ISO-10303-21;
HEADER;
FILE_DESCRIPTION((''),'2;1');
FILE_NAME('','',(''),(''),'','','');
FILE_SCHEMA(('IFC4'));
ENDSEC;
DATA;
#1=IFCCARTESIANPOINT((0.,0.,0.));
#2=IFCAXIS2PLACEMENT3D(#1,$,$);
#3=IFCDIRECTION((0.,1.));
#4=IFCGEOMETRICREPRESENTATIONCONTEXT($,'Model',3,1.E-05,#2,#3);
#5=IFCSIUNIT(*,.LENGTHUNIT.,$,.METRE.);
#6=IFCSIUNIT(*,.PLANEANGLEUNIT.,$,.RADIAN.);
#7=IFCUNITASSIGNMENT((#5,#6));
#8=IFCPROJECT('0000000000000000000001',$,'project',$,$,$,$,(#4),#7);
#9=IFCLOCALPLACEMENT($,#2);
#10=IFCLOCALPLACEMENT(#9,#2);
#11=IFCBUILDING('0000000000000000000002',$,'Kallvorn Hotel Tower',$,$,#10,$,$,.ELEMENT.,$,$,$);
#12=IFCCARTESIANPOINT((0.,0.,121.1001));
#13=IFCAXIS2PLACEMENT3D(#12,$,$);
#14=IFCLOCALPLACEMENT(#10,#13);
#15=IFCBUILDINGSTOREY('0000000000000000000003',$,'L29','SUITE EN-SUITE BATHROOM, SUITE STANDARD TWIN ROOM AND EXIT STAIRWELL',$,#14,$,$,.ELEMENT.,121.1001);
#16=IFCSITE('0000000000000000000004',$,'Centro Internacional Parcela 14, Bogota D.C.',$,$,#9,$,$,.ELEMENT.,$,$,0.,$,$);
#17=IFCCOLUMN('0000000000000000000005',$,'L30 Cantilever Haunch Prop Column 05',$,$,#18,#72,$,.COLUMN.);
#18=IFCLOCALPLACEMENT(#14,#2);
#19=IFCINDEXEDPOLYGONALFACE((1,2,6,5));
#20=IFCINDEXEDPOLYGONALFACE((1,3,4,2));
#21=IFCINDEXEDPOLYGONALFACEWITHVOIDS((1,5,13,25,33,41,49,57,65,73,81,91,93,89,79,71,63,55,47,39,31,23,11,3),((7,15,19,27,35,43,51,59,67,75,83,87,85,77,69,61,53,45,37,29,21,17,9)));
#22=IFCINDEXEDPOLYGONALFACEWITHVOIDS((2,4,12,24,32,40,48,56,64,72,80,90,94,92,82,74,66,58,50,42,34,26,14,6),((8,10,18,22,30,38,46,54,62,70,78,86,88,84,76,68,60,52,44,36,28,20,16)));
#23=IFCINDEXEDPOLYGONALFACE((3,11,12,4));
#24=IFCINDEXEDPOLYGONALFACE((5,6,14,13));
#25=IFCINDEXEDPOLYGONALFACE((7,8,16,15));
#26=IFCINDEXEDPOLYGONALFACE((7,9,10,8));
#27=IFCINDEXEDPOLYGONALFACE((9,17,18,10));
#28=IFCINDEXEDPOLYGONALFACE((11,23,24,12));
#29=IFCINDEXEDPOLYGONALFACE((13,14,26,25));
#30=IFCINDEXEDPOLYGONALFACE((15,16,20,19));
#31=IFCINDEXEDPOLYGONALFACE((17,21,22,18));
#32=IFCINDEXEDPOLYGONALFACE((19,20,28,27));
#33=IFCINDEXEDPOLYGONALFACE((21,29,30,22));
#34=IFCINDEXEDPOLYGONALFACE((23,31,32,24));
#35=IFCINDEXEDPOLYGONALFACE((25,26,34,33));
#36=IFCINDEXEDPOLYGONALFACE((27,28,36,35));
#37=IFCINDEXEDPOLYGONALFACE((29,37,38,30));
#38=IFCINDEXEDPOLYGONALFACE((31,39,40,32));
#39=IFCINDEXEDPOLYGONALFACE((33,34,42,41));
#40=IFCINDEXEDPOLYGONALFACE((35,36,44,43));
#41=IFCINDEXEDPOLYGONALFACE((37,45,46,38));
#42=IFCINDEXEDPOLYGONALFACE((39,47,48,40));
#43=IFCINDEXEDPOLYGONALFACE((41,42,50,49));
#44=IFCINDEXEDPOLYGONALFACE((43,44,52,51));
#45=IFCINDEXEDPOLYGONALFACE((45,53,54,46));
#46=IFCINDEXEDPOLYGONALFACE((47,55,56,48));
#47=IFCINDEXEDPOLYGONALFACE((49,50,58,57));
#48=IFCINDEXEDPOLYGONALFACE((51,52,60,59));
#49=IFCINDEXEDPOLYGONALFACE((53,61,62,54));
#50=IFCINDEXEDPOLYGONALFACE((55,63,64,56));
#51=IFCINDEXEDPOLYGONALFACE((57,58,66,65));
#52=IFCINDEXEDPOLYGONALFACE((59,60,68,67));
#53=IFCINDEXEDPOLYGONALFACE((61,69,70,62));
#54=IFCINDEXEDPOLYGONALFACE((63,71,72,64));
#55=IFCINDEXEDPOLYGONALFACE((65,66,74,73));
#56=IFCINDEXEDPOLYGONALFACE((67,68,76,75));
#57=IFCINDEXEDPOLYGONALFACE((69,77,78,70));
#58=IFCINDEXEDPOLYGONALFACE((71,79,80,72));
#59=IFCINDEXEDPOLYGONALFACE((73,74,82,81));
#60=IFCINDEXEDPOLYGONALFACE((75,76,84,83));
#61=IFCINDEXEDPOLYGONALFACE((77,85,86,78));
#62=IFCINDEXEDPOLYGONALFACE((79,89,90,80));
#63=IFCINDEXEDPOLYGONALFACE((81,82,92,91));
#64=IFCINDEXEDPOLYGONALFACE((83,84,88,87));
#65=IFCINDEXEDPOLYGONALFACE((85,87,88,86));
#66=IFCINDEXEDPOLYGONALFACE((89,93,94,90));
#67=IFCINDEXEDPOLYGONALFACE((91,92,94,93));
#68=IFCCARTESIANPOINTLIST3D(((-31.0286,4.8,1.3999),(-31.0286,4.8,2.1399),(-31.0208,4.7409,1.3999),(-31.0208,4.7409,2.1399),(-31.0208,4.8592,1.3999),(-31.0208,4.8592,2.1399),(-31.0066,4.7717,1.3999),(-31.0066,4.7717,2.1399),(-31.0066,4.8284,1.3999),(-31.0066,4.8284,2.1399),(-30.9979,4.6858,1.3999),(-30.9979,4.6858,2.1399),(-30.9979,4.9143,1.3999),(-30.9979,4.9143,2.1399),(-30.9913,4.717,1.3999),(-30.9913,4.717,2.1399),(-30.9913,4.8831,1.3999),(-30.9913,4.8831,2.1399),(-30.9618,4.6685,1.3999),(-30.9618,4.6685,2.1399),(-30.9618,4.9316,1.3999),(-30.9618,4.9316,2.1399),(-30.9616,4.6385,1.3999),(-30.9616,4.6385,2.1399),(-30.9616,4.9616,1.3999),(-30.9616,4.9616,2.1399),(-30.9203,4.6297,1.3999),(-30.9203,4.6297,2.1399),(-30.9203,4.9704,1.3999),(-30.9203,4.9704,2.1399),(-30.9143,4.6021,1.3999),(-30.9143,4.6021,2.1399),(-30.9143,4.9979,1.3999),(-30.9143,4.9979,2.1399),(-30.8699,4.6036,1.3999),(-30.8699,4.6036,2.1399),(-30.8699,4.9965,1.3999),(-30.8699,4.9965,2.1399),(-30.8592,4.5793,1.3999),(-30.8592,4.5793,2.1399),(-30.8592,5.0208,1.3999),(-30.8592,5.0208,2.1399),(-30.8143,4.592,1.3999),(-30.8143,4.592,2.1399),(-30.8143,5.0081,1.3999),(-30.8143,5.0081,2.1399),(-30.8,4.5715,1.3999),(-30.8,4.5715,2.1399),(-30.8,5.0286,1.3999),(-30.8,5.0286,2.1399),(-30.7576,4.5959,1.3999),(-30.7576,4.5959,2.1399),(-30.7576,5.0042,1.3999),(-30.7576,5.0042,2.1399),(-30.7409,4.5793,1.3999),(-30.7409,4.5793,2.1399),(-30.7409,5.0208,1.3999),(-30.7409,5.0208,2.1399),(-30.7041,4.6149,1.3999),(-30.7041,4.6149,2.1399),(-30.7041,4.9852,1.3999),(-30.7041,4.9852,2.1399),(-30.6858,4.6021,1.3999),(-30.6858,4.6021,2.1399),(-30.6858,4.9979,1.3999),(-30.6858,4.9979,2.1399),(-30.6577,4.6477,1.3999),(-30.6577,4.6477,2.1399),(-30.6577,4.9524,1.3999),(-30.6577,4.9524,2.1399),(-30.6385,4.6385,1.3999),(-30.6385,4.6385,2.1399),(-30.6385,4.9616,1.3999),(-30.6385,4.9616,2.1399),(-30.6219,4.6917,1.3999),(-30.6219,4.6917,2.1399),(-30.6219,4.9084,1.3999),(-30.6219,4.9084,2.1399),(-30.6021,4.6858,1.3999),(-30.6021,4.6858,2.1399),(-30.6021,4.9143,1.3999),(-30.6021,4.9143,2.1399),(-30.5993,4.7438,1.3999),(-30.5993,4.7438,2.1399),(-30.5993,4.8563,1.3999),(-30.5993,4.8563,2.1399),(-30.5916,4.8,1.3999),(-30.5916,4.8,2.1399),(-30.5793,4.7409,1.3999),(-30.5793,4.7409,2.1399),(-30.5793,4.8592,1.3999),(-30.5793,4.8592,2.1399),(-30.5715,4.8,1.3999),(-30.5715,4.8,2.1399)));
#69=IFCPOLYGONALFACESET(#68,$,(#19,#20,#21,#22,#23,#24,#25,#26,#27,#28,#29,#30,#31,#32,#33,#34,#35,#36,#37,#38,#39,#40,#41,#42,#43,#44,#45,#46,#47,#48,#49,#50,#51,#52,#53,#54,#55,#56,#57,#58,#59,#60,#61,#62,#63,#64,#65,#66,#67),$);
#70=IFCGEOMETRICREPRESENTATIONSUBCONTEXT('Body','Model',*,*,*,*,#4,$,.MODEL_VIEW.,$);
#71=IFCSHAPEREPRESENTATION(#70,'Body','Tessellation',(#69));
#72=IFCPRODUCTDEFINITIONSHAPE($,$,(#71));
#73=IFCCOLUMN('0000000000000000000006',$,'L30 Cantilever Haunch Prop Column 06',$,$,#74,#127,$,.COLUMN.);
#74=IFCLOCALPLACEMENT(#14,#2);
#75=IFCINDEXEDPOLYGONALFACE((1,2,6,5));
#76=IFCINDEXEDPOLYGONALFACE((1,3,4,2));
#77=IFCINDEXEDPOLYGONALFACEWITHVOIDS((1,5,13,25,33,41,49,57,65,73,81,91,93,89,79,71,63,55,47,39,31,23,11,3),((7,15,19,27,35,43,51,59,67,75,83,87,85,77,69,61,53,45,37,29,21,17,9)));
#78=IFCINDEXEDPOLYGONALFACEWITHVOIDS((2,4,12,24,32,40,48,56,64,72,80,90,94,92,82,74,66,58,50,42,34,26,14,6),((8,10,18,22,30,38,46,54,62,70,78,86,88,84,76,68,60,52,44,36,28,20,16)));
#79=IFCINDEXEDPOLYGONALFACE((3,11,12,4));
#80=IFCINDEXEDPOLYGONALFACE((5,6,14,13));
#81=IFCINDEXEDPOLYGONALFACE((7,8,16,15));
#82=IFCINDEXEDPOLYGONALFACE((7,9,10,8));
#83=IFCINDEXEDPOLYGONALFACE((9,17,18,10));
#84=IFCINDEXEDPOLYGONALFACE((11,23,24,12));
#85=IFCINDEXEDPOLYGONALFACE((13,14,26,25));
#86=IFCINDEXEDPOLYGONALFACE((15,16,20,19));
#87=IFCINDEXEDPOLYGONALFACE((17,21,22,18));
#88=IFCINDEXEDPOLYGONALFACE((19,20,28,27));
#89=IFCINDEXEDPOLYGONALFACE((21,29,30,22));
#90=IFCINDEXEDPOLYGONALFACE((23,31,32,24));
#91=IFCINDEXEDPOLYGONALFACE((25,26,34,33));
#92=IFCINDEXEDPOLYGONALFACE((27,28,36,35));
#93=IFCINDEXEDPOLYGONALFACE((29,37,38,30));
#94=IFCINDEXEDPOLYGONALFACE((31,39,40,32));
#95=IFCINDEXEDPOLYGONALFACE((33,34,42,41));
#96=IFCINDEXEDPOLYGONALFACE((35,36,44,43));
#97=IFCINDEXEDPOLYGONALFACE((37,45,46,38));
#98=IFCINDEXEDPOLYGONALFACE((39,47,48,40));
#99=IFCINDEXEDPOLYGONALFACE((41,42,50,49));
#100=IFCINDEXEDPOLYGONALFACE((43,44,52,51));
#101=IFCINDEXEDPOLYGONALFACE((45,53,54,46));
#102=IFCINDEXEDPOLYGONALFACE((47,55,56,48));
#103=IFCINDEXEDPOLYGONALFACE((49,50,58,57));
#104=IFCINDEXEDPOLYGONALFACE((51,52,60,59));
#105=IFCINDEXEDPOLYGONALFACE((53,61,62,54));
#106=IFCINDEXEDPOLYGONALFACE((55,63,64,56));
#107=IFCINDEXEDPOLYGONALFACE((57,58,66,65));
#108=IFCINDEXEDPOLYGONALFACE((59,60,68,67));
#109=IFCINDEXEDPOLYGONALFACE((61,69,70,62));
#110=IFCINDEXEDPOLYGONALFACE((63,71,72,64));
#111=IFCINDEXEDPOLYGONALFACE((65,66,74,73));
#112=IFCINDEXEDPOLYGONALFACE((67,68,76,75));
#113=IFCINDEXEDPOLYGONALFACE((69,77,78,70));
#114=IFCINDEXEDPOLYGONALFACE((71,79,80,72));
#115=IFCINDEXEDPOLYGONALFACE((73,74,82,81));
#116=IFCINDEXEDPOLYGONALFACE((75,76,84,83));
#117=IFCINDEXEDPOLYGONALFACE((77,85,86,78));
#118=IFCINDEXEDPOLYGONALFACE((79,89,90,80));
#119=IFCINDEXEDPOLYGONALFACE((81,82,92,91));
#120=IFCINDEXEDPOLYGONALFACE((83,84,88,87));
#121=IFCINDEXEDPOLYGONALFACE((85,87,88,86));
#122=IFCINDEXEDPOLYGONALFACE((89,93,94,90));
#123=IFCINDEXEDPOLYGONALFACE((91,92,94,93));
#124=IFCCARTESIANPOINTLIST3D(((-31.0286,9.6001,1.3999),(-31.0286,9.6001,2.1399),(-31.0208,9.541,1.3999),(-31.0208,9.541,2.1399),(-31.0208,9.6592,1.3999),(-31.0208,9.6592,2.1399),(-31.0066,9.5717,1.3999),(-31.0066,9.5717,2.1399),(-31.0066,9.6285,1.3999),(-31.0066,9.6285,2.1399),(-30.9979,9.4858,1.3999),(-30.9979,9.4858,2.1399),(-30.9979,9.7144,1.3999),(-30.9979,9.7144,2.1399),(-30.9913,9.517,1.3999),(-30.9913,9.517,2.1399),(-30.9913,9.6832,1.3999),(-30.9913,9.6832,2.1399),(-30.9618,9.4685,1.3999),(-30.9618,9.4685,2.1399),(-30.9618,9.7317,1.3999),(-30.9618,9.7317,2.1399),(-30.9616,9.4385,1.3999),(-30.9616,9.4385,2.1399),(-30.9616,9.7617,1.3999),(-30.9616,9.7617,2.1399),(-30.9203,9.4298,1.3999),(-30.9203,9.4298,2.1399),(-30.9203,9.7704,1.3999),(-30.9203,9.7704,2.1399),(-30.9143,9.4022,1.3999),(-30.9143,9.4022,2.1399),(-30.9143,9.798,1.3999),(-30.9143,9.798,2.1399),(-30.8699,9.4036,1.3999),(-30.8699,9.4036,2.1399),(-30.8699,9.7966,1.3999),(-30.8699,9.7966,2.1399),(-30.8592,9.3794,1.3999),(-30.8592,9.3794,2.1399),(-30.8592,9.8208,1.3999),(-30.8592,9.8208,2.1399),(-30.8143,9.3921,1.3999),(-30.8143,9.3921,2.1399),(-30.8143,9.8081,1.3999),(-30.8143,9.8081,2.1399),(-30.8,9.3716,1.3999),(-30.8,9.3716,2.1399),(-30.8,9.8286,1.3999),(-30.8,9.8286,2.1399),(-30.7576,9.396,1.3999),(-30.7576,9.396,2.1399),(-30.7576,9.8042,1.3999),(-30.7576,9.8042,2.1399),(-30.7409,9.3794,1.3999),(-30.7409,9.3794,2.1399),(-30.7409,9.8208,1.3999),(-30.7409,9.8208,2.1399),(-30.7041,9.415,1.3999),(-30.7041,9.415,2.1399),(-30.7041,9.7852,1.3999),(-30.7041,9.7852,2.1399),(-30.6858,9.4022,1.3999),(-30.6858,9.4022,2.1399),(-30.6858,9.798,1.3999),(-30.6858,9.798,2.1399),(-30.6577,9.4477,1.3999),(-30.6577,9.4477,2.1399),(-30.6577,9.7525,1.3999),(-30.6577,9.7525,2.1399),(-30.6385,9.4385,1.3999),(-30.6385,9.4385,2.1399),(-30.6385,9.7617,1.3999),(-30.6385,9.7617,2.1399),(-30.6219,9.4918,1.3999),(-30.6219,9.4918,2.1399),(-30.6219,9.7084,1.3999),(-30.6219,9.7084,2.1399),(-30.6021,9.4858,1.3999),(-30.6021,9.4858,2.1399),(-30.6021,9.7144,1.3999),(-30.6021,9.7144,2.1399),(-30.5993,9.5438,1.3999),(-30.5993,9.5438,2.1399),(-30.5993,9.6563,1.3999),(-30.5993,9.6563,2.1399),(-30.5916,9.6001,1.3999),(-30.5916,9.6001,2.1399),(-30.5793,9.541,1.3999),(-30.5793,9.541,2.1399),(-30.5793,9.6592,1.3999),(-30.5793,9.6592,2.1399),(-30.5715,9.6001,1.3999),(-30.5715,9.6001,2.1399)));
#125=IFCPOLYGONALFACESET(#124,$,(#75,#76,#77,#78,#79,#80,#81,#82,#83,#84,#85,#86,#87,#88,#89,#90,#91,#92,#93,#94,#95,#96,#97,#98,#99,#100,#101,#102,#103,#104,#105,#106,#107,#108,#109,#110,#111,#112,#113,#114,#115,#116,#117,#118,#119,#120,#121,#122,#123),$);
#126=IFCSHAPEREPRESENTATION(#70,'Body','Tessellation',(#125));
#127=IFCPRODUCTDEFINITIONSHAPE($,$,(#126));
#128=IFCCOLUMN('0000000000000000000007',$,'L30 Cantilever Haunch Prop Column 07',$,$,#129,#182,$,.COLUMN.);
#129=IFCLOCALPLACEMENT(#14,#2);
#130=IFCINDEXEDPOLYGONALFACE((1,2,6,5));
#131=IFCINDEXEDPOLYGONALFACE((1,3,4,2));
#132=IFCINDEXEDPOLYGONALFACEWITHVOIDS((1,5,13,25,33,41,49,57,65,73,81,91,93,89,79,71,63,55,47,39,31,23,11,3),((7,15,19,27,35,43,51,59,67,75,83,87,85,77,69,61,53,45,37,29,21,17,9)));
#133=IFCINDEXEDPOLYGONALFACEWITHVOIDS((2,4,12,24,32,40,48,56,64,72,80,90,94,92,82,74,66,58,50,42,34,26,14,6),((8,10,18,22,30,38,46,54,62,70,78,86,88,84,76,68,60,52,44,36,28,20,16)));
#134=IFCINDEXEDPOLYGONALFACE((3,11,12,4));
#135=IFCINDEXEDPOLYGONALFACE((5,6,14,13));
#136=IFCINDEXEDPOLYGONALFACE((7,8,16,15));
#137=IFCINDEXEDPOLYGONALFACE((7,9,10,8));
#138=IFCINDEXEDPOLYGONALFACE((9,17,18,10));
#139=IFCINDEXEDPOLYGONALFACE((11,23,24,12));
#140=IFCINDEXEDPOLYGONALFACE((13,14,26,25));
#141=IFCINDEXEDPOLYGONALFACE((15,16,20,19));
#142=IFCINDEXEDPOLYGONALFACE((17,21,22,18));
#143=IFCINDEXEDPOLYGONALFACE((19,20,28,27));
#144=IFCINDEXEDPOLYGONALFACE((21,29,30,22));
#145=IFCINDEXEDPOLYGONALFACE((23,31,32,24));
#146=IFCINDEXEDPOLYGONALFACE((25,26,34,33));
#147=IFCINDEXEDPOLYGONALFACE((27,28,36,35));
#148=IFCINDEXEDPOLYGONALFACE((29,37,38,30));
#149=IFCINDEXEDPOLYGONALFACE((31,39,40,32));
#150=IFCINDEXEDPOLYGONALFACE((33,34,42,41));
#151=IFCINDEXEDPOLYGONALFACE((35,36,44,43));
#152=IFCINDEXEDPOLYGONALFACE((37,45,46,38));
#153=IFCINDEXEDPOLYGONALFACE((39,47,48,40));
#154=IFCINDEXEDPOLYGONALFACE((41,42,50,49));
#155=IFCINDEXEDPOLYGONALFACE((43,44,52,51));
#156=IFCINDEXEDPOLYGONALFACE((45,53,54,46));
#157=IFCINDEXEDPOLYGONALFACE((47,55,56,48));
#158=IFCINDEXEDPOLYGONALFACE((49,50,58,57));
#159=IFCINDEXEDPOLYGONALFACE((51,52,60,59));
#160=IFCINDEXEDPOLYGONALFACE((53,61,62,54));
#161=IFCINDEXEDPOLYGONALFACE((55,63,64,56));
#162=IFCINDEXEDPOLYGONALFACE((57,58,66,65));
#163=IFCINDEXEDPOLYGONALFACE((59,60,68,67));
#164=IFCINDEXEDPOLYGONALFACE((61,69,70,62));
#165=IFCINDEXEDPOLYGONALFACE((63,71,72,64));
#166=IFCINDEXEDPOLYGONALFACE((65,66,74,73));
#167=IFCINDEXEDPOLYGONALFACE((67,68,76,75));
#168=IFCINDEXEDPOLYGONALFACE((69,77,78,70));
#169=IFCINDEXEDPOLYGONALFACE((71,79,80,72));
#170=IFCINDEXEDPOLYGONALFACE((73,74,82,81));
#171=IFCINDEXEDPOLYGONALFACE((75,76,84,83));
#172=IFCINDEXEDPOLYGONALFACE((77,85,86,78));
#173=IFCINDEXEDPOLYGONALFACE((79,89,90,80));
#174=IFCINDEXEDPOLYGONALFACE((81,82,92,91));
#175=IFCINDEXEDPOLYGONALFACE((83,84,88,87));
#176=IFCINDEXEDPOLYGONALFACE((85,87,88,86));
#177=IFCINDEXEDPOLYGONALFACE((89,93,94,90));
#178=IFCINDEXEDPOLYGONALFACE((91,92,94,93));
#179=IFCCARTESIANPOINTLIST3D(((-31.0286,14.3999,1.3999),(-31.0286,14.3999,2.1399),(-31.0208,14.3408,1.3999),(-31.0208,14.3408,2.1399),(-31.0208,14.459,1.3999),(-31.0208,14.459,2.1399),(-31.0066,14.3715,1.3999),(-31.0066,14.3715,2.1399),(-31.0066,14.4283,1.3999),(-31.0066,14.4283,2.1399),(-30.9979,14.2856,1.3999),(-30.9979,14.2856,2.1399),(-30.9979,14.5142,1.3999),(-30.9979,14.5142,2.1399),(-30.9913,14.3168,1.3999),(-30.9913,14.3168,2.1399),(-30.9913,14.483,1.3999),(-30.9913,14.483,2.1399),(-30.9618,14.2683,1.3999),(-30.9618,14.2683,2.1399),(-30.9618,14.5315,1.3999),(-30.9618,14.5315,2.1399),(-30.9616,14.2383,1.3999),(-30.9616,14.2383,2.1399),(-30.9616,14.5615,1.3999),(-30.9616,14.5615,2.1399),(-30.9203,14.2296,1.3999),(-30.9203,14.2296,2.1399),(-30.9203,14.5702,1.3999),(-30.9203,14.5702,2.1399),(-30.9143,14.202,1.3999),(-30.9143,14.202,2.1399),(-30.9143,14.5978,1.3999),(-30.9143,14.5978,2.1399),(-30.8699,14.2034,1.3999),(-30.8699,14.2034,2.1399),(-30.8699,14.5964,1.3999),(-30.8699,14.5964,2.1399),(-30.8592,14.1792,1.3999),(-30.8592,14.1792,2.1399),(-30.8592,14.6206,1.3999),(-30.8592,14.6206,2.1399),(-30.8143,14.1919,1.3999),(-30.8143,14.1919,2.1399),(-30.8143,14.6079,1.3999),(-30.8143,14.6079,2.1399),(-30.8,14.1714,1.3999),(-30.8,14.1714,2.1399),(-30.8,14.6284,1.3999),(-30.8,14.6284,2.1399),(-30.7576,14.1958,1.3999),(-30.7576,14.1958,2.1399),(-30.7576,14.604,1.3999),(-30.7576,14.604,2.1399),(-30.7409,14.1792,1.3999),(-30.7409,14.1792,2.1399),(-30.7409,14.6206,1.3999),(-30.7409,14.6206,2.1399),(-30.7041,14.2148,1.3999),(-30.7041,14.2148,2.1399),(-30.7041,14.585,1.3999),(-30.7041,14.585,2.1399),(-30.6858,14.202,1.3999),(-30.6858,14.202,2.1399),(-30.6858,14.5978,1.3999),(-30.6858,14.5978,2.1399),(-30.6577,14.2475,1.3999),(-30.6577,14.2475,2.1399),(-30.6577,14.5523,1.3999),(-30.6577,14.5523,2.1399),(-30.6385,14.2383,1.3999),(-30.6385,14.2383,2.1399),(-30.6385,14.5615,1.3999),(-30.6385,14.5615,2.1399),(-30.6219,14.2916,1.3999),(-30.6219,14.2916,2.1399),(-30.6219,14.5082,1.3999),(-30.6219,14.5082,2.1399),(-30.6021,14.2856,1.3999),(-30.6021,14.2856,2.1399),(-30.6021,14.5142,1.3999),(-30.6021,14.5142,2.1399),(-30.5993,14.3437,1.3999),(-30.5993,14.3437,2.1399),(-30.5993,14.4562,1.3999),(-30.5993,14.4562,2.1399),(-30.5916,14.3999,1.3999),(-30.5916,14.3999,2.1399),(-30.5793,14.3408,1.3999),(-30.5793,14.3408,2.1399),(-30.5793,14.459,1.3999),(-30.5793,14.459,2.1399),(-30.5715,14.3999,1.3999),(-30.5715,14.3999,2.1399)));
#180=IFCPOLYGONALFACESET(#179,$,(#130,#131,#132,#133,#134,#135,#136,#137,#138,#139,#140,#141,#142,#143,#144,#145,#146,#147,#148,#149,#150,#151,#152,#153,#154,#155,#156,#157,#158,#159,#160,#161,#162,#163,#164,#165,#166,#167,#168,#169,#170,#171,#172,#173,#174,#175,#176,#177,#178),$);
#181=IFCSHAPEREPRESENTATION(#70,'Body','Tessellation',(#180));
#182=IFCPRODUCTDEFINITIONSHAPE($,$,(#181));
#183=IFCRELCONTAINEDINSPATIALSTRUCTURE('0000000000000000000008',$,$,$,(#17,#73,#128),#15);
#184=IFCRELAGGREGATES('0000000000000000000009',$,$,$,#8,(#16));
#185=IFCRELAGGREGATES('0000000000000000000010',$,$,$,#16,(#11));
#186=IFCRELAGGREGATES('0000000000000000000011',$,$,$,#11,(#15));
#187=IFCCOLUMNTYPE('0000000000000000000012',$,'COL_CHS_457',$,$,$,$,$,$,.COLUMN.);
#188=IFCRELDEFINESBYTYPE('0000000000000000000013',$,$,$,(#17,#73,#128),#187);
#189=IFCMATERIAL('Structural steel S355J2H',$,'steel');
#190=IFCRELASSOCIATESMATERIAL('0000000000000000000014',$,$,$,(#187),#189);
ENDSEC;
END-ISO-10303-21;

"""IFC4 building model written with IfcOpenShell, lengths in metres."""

from ifc_helpers import new_model, si_unit, direction, frame, origin, origin_2d, place, context, subcontext, project, spatial, hollow_circle, extrude, material, material_profile, profile_set, type_object, element, save


model = new_model("IFC4")

# Units and contexts
model_context = context("Model", 3, precision=1e-05, world=origin(), true_north=direction((0.0, 1.0)))
body_context = subcontext(model_context, "Body", "Model", "MODEL_VIEW")
ifc_project = project(units=[si_unit("LENGTHUNIT", "METRE"), si_unit("PLANEANGLEUNIT", "RADIAN")], contexts=[model_context])

# Site, building, storey
site_placement = place(None, origin())
site = spatial("IfcSite", under=ifc_project, at=site_placement, Name="Centro Internacional Parcela 14, Bogota D.C.", CompositionType="ELEMENT", RefElevation=0.0)
building_placement = place(site_placement, origin())
building = spatial("IfcBuilding", under=site, at=building_placement, Name="Kallvorn Hotel Tower", CompositionType="ELEMENT")
storey_placement = place(building_placement, frame((0.0, 0.0, 121.1001)))
storey = spatial("IfcBuildingStorey", under=building, at=storey_placement, Name="L29", Description="SUITE EN-SUITE BATHROOM, SUITE STANDARD TWIN ROOM AND EXIT STAIRWELL", CompositionType="ELEMENT", Elevation=121.1001)

# Columns
ifc_material_1 = material(Name="Structural steel S355J2H", Category="steel")
ifc_material_profile_1 = material_profile(ifc_material_1, hollow_circle(Radius=0.2285, WallThickness=0.02, at=origin_2d()), Name="CHS 457x20")
ifc_profile_set_1 = profile_set([ifc_material_profile_1], Name="Structural steel S355J2H")
column_type_1 = type_object("IfcColumnType", Name="COL_CHS_457", PredefinedType="COLUMN", material=ifc_profile_set_1)
for number, where, z_axis, x_axis, name in (
    (1, (-30.8, 4.8, 1.3999), (0.0, 0.0, 1.0), (1.0, 0.0, 0.0), "L30 Cantilever Haunch Prop Column 05"),
    (2, (-30.8, 9.6001, 1.3999), (0.0, 0.0, 1.0), (1.0, 0.0, 0.0), "L30 Cantilever Haunch Prop Column 06"),
    (3, (-30.8, 14.3999, 1.3999), (0.0, 0.0, 1.0), (1.0, 0.0, 0.0), "L30 Cantilever Haunch Prop Column 07"),
):
    element("IfcColumn", number, at=place(storey_placement, frame(where, z_axis=z_axis, x_axis=x_axis)), inside=storey, type_object=column_type_1, Name=name, PredefinedType="COLUMN", context=body_context, shape_type="SweptSolid", body=[
        extrude(hollow_circle(Radius=0.2285, WallThickness=0.02, at=origin_2d()), origin(), (0.0, 0.0, 1.0), 0.74),
    ])

save(model, "model.ifc")
